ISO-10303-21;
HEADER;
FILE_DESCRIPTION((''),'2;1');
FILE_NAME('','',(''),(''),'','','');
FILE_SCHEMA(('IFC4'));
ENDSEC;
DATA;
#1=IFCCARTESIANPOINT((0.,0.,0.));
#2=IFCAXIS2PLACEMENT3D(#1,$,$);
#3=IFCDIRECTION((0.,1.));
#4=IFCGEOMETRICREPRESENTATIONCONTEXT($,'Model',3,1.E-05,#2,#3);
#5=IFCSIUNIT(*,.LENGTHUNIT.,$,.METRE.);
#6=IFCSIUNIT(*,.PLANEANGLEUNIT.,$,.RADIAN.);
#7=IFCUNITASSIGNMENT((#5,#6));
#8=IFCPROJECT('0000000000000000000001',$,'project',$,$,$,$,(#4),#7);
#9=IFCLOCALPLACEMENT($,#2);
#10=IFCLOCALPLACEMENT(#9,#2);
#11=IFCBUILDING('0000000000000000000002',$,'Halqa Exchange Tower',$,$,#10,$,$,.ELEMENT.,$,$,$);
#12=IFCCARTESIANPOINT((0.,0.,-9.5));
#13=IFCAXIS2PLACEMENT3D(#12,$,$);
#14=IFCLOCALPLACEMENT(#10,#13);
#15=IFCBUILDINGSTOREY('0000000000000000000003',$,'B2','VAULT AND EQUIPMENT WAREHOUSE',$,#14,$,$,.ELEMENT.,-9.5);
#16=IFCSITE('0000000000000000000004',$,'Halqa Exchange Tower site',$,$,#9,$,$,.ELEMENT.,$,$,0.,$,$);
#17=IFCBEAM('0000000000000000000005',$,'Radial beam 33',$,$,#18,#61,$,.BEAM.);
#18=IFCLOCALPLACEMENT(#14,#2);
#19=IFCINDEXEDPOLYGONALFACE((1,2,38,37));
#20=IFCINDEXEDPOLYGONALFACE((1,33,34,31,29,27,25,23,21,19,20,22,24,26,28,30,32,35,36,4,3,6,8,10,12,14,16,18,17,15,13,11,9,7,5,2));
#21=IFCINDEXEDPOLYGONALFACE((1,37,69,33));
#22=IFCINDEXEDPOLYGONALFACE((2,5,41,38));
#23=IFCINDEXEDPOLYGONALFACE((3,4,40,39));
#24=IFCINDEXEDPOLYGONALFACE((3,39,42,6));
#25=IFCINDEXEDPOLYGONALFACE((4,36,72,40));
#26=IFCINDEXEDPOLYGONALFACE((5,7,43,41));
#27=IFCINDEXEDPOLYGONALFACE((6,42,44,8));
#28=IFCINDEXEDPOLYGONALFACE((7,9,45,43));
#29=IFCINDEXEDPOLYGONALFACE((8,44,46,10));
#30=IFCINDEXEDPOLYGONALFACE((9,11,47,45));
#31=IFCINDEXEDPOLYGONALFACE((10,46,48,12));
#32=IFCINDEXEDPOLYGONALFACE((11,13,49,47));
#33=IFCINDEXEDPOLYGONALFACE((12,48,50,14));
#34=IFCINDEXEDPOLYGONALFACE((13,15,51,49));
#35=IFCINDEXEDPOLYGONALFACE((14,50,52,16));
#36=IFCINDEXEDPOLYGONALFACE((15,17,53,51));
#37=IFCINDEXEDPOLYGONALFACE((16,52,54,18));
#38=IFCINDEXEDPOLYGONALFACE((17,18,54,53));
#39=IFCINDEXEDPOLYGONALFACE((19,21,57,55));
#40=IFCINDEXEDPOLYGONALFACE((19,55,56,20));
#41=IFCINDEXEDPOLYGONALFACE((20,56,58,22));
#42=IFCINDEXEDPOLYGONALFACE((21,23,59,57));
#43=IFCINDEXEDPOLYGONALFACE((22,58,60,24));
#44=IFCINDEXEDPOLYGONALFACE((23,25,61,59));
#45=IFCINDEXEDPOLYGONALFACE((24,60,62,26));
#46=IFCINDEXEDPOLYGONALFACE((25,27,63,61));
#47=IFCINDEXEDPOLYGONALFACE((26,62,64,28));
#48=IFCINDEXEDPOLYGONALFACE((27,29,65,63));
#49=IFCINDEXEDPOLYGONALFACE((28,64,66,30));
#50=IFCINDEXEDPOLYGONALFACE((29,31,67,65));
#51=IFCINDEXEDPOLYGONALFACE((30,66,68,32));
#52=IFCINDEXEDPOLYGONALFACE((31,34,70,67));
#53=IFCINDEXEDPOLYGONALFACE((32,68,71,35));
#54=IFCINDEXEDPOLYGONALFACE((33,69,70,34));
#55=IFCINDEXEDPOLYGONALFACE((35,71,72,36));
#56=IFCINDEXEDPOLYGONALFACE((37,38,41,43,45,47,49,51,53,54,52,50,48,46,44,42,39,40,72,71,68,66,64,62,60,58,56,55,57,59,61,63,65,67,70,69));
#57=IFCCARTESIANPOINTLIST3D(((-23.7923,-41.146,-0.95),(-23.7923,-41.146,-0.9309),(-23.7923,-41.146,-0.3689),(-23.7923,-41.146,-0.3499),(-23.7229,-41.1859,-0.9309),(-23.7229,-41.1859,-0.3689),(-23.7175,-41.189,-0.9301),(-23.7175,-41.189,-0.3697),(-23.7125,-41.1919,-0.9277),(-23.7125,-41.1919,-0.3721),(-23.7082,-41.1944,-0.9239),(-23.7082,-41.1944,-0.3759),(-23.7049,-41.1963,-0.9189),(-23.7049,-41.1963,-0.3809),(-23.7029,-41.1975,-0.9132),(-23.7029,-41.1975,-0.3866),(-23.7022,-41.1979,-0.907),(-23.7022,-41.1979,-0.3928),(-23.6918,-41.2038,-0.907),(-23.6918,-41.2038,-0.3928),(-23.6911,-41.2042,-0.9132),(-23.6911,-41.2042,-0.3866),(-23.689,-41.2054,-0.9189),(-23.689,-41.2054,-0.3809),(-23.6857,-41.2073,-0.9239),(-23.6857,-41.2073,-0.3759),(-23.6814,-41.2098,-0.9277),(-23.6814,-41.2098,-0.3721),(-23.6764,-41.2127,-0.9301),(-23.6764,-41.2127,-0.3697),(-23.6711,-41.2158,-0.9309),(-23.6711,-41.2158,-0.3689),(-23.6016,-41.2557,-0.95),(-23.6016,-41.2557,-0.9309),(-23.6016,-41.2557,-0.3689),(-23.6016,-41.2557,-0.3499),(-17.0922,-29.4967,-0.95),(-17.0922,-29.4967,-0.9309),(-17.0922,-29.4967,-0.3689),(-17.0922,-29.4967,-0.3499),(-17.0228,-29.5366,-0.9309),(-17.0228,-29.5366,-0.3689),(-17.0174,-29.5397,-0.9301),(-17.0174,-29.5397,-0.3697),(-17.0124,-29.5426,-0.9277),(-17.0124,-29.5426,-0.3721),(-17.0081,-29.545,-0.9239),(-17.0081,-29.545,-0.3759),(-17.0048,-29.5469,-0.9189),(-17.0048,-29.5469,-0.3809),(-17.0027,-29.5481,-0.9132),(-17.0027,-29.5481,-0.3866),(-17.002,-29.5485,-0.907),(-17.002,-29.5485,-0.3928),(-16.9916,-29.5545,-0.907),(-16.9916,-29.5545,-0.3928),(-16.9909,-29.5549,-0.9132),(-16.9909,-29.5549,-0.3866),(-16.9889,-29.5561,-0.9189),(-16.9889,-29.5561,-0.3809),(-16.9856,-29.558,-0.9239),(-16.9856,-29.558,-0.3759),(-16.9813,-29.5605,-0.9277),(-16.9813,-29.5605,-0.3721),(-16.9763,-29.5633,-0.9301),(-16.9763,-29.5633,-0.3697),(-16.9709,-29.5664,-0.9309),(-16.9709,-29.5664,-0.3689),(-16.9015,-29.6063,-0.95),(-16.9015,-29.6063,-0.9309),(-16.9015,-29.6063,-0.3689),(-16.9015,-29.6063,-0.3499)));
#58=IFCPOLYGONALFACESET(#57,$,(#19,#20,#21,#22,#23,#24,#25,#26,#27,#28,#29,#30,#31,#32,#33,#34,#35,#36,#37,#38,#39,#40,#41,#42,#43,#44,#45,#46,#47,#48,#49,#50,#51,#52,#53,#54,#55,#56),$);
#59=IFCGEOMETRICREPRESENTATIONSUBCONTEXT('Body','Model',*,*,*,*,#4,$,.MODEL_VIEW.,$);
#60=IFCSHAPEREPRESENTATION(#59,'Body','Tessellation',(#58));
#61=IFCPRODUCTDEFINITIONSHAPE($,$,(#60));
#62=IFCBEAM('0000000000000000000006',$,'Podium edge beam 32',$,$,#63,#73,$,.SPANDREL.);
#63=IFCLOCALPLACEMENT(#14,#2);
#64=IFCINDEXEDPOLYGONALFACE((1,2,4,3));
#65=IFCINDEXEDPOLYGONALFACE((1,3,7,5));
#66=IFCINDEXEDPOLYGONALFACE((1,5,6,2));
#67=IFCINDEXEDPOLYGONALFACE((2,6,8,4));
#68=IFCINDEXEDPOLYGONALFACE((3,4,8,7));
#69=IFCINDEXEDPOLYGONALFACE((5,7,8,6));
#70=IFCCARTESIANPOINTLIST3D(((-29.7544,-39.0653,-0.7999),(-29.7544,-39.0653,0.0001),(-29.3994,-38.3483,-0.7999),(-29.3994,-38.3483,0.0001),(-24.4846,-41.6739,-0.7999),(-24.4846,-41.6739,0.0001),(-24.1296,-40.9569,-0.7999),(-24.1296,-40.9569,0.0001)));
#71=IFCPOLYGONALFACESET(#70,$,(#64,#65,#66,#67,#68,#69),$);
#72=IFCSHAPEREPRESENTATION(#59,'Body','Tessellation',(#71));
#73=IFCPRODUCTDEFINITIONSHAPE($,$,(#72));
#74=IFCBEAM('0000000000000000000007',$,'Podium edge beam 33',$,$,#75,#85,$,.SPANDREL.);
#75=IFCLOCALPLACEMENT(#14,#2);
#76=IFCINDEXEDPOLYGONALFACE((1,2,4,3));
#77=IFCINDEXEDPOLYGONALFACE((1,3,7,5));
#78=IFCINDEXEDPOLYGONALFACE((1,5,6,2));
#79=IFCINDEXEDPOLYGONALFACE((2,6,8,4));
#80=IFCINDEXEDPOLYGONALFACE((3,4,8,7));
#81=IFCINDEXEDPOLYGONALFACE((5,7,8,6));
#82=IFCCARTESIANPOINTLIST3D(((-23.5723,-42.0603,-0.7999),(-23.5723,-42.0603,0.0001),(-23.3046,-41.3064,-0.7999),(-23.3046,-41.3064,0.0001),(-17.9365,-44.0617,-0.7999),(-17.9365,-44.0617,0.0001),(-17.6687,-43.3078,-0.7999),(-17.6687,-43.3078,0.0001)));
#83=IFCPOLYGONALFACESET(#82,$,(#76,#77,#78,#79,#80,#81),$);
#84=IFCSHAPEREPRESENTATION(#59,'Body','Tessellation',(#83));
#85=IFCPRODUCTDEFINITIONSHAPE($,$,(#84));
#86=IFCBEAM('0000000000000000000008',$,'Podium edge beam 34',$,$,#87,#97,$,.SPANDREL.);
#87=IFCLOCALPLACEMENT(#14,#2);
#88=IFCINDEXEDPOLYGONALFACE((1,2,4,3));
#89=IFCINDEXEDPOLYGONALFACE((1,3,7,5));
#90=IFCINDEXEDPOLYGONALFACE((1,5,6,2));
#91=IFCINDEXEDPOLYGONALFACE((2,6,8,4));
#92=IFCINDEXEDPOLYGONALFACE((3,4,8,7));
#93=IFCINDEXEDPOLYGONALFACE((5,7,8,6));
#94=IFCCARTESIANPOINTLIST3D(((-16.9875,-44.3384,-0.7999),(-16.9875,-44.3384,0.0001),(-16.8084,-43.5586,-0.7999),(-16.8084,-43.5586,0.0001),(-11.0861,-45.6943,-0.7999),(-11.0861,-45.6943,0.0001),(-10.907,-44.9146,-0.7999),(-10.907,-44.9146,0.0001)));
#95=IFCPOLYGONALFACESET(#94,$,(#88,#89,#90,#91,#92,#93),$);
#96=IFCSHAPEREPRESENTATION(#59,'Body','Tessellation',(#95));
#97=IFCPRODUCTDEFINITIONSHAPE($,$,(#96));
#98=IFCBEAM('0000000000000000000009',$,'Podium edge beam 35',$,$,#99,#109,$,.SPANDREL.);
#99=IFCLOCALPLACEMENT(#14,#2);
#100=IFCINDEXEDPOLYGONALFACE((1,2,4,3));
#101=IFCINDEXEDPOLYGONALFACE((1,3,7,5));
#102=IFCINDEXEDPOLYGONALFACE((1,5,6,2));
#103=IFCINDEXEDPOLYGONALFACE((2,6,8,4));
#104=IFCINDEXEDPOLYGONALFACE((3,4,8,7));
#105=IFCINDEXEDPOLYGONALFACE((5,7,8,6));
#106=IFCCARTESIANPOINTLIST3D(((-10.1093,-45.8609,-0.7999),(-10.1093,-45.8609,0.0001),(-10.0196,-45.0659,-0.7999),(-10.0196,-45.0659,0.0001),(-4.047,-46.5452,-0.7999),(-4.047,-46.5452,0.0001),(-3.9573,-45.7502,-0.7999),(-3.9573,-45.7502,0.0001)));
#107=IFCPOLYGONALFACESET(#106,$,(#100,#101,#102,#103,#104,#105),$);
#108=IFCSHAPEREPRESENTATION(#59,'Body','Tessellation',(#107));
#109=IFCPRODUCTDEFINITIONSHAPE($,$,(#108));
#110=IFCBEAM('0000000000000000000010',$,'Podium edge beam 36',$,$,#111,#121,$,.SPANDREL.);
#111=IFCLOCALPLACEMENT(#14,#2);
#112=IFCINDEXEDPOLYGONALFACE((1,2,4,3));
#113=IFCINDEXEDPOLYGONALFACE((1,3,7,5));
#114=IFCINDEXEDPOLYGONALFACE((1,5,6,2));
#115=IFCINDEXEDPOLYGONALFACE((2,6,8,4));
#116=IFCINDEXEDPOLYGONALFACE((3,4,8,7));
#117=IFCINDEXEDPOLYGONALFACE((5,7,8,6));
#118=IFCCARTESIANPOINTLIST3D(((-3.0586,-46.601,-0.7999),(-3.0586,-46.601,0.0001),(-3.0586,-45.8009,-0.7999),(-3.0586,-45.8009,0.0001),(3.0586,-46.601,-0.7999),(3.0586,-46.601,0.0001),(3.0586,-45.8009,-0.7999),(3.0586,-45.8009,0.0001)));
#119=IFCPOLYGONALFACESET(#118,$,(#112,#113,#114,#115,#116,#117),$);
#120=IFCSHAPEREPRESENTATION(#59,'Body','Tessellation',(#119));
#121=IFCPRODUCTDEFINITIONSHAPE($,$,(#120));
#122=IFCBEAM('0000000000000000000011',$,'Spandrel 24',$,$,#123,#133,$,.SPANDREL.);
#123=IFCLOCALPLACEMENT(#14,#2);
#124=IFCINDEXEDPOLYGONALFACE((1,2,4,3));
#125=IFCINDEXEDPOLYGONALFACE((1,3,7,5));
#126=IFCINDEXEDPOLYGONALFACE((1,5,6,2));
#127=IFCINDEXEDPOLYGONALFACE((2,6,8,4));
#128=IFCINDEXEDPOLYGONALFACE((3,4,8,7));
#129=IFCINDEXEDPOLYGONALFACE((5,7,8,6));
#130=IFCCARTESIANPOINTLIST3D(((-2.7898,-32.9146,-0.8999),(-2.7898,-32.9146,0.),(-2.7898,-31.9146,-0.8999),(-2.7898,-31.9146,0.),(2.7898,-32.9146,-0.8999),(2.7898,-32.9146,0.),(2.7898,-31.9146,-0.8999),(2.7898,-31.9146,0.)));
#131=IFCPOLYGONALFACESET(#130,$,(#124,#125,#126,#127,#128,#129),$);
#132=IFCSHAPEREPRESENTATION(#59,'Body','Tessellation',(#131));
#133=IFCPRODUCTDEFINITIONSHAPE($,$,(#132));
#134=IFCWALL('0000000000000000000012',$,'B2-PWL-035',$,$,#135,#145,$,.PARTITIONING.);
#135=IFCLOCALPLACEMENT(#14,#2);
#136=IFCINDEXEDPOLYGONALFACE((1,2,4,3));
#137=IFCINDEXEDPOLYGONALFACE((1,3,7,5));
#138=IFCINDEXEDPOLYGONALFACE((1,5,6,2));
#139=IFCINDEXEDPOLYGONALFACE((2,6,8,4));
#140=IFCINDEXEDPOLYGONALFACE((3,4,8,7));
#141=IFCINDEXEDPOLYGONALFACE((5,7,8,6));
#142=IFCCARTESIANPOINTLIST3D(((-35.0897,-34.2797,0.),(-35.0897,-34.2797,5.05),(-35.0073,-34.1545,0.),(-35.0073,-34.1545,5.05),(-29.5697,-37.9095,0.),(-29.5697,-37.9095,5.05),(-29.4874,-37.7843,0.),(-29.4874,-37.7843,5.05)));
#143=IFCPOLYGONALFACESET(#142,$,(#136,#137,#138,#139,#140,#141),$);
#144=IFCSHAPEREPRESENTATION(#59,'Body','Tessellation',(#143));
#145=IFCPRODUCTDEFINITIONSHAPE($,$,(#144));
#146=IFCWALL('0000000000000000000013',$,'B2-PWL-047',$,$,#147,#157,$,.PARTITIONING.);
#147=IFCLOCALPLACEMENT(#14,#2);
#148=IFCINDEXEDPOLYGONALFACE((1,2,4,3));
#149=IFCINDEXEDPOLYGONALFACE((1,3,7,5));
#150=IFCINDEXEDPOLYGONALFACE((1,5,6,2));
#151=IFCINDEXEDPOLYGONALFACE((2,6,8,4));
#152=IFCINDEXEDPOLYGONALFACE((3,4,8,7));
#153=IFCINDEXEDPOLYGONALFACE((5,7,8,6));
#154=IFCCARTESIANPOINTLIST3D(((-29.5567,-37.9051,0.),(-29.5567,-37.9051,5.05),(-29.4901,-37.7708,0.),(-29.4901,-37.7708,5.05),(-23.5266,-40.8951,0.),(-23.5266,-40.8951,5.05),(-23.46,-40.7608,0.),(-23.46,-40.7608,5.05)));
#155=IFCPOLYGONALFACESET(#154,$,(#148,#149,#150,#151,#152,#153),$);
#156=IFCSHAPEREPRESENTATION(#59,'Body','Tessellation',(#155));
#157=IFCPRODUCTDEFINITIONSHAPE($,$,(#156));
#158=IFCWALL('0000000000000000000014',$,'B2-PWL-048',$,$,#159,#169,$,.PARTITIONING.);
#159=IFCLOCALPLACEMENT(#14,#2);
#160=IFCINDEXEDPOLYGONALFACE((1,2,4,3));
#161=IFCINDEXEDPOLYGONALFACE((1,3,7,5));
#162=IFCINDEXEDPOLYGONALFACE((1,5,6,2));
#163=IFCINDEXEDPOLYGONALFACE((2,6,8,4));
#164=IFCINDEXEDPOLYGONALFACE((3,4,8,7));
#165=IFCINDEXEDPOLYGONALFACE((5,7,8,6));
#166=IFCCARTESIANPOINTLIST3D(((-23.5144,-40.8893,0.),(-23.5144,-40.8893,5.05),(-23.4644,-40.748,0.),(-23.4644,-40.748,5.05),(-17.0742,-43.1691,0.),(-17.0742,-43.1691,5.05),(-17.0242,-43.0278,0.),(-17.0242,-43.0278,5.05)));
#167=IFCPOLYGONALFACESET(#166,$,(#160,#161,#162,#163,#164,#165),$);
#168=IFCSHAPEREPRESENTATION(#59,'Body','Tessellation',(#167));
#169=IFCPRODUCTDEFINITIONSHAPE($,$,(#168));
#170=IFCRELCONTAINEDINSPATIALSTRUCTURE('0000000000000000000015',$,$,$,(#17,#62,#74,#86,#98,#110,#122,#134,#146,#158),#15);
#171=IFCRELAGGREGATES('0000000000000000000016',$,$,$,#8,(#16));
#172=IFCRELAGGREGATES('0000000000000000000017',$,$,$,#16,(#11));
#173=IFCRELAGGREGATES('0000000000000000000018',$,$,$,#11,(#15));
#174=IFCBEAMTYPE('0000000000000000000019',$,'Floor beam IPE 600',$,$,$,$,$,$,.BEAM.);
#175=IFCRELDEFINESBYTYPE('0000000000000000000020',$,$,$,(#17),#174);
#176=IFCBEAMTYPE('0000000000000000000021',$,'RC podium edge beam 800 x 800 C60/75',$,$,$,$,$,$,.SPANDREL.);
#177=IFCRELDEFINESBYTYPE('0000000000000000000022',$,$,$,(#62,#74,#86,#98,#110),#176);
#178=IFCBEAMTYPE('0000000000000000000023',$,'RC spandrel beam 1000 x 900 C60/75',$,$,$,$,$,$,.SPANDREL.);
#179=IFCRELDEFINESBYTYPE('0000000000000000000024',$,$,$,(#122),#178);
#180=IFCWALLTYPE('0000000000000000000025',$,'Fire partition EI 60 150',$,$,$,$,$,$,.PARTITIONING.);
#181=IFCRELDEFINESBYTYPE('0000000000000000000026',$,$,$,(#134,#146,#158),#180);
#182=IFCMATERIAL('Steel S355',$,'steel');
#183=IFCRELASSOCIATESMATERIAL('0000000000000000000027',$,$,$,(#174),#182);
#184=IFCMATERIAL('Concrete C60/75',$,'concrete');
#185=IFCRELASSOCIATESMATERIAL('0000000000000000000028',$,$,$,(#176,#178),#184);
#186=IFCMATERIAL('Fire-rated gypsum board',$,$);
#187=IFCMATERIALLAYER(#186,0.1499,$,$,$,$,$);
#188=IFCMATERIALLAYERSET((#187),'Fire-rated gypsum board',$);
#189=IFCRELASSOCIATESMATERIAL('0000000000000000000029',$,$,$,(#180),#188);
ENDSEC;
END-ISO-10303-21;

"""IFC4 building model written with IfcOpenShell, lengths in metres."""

from ifc_helpers import new_model, si_unit, direction, frame, frame_2d, origin, origin_2d, place, context, subcontext, project, spatial, rectangle, i_section, extrude, material, layer, layer_set, material_profile, profile_set, type_object, element, save


model = new_model("IFC4")

# Units and contexts
model_context = context("Model", 3, precision=1e-05, world=origin(), true_north=direction((0.0, 1.0)))
body_context = subcontext(model_context, "Body", "Model", "MODEL_VIEW")
ifc_project = project(units=[si_unit("LENGTHUNIT", "METRE"), si_unit("PLANEANGLEUNIT", "RADIAN")], contexts=[model_context])

# Site, building, storey
site_placement = place(None, origin())
site = spatial("IfcSite", under=ifc_project, at=site_placement, Name="Halqa Exchange Tower site", CompositionType="ELEMENT", RefElevation=0.0)
building_placement = place(site_placement, origin())
building = spatial("IfcBuilding", under=site, at=building_placement, Name="Halqa Exchange Tower", CompositionType="ELEMENT")
storey_placement = place(building_placement, frame((0.0, 0.0, -9.5)))
storey = spatial("IfcBuildingStorey", under=building, at=storey_placement, Name="B2", Description="VAULT AND EQUIPMENT WAREHOUSE", CompositionType="ELEMENT", Elevation=-9.5)

# Shared definitions
ifc_material_1 = material(Name="Concrete C60/75", Category="concrete")

# Beams
ifc_material_2 = material(Name="Steel S355", Category="steel")
ifc_material_profile_1 = material_profile(ifc_material_2, i_section(OverallWidth=0.22, OverallDepth=0.6001, WebThickness=0.012, FlangeThickness=0.019, FilletRadius=0.0239, at=origin_2d()), Name="IPE 600")
ifc_profile_set_1 = profile_set([ifc_material_profile_1], Name="Steel S355")
beam_type_1 = type_object("IfcBeamType", Name="Floor beam IPE 600", PredefinedType="BEAM", material=ifc_profile_set_1)
beam_1_placement = place(storey_placement, frame((-16.9968, -29.5515, -0.6499), z_axis=(-0.498571, -0.866849, 0.0), x_axis=(0.866849, -0.498571, 0.0)))
element("IfcBeam", 1, at=beam_1_placement, inside=storey, type_object=beam_type_1, Name="Radial beam 33", PredefinedType="BEAM", context=body_context, shape_type="SweptSolid", body=[
    extrude(i_section(OverallWidth=0.22, OverallDepth=0.6001, WebThickness=0.012, FlangeThickness=0.019, FilletRadius=0.0239, at=origin_2d()), origin(), (0.0, 0.0, 1.0), 13.4387),
])
ifc_material_profile_2 = material_profile(ifc_material_1, rectangle(XDim=0.8, YDim=0.8, at=origin_2d()), Name="800 x 800")
ifc_profile_set_2 = profile_set([ifc_material_profile_2], Name="Concrete C60/75")
beam_type_2 = type_object("IfcBeamType", Name="RC podium edge beam 800 x 800 C60/75", PredefinedType="SPANDREL", material=ifc_profile_set_2)
beam_2_placement = place(storey_placement, frame((-29.5769, -38.7068, -0.3999), z_axis=(0.896205, -0.443639, 0.0), x_axis=(0.443639, 0.896205, 0.0)))
element("IfcBeam", 2, at=beam_2_placement, inside=storey, type_object=beam_type_2, Name="Podium edge beam 32", PredefinedType="SPANDREL", context=body_context, shape_type="SweptSolid", body=[
    extrude(rectangle(XDim=0.8, YDim=0.8, at=origin_2d()), origin(), (0.0, 0.0, 1.0), 5.8801),
])
beam_3_placement = place(storey_placement, frame((-23.4385, -41.6833, -0.3999), z_axis=(0.942343, -0.334647, 0.0), x_axis=(0.334647, 0.942343, 0.0)))
element("IfcBeam", 3, at=beam_3_placement, inside=storey, type_object=beam_type_2, Name="Podium edge beam 33", PredefinedType="SPANDREL", context=body_context, shape_type="SweptSolid", body=[
    extrude(rectangle(XDim=0.8, YDim=0.8, at=origin_2d()), origin(), (0.0, 0.0, 1.0), 5.9807),
])
beam_4_placement = place(storey_placement, frame((-16.8979, -43.9485, -0.3999), z_axis=(0.974604, -0.223935, 0.0), x_axis=(0.223935, 0.974604, 0.0)))
element("IfcBeam", 4, at=beam_4_placement, inside=storey, type_object=beam_type_2, Name="Podium edge beam 34", PredefinedType="SPANDREL", context=body_context, shape_type="SweptSolid", body=[
    extrude(rectangle(XDim=0.8, YDim=0.8, at=origin_2d()), origin(), (0.0, 0.0, 1.0), 6.0552),
])
beam_5_placement = place(storey_placement, frame((-10.0645, -45.4634, -0.3999), z_axis=(0.993689, -0.112171, 0.0), x_axis=(0.112171, 0.993689, 0.0)))
element("IfcBeam", 5, at=beam_5_placement, inside=storey, type_object=beam_type_2, Name="Podium edge beam 35", PredefinedType="SPANDREL", context=body_context, shape_type="SweptSolid", body=[
    extrude(rectangle(XDim=0.8, YDim=0.8, at=origin_2d()), origin(), (0.0, 0.0, 1.0), 6.1008),
])
beam_6_placement = place(storey_placement, frame((-3.0586, -46.2009, -0.3999), z_axis=(1.0, 0.0, 0.0), x_axis=(0.0, 1.0, 0.0)))
element("IfcBeam", 6, at=beam_6_placement, inside=storey, type_object=beam_type_2, Name="Podium edge beam 36", PredefinedType="SPANDREL", context=body_context, shape_type="SweptSolid", body=[
    extrude(rectangle(XDim=0.8, YDim=0.8, at=origin_2d()), origin(), (0.0, 0.0, 1.0), 6.1172),
])
ifc_material_profile_3 = material_profile(ifc_material_1, rectangle(XDim=1.0, YDim=0.8999, at=origin_2d()), Name="1000 x 900")
ifc_profile_set_3 = profile_set([ifc_material_profile_3], Name="Concrete C60/75")
beam_type_3 = type_object("IfcBeamType", Name="RC spandrel beam 1000 x 900 C60/75", PredefinedType="SPANDREL", material=ifc_profile_set_3)
beam_7_placement = place(storey_placement, frame((-2.7898, -32.4146, -0.45), z_axis=(1.0, 0.0, 0.0), x_axis=(0.0, 1.0, 0.0)))
element("IfcBeam", 7, at=beam_7_placement, inside=storey, type_object=beam_type_3, Name="Spandrel 24", PredefinedType="SPANDREL", context=body_context, shape_type="SweptSolid", body=[
    extrude(rectangle(XDim=1.0, YDim=0.8999, at=origin_2d()), origin(), (0.0, 0.0, 1.0), 5.5796),
])

# Walls
ifc_material_3 = material(Name="Fire-rated gypsum board")
ifc_layer_1 = layer(ifc_material_3, 0.1499)
ifc_layer_set_1 = layer_set([ifc_layer_1], Name="Fire-rated gypsum board")
wall_type_1 = type_object("IfcWallType", Name="Fire partition EI 60 150", PredefinedType="PARTITIONING", material=ifc_layer_set_1)
wall_1_placement = place(storey_placement, frame((-29.5286, -37.8469, 0.0), z_axis=(0.0, 0.0, 1.0), x_axis=(-0.835536, 0.549436, 0.0)))
element("IfcWall", 8, at=wall_1_placement, inside=storey, type_object=wall_type_1, Name="B2-PWL-035", PredefinedType="PARTITIONING", context=body_context, shape_type="SweptSolid", body=[
    extrude(rectangle(XDim=6.6064, YDim=0.1499, at=frame_2d((3.3032, 0.0))), origin(), (0.0, 0.0, 1.0), 5.05),
])
wall_2_placement = place(storey_placement, frame((-23.4934, -40.8279, 0.0), z_axis=(0.0, 0.0, 1.0), x_axis=(-0.895909, 0.444237, 0.0)))
element("IfcWall", 9, at=wall_2_placement, inside=storey, type_object=wall_type_1, Name="B2-PWL-047", PredefinedType="PARTITIONING", context=body_context, shape_type="SweptSolid", body=[
    extrude(rectangle(XDim=6.7307, YDim=0.1499, at=frame_2d((3.3652, 0.0))), origin(), (0.0, 0.0, 1.0), 5.05),
])
wall_3_placement = place(storey_placement, frame((-23.4895, -40.8186, 0.0), z_axis=(0.0, 0.0, 1.0), x_axis=(0.942679, -0.333702, 0.0)))
element("IfcWall", 10, at=wall_3_placement, inside=storey, type_object=wall_type_1, Name="B2-PWL-048", PredefinedType="PARTITIONING", context=body_context, shape_type="SweptSolid", body=[
    extrude(rectangle(XDim=6.8318, YDim=0.1499, at=frame_2d((3.416, 0.0))), origin(), (0.0, 0.0, 1.0), 5.05),
])

save(model, "model.ifc")
